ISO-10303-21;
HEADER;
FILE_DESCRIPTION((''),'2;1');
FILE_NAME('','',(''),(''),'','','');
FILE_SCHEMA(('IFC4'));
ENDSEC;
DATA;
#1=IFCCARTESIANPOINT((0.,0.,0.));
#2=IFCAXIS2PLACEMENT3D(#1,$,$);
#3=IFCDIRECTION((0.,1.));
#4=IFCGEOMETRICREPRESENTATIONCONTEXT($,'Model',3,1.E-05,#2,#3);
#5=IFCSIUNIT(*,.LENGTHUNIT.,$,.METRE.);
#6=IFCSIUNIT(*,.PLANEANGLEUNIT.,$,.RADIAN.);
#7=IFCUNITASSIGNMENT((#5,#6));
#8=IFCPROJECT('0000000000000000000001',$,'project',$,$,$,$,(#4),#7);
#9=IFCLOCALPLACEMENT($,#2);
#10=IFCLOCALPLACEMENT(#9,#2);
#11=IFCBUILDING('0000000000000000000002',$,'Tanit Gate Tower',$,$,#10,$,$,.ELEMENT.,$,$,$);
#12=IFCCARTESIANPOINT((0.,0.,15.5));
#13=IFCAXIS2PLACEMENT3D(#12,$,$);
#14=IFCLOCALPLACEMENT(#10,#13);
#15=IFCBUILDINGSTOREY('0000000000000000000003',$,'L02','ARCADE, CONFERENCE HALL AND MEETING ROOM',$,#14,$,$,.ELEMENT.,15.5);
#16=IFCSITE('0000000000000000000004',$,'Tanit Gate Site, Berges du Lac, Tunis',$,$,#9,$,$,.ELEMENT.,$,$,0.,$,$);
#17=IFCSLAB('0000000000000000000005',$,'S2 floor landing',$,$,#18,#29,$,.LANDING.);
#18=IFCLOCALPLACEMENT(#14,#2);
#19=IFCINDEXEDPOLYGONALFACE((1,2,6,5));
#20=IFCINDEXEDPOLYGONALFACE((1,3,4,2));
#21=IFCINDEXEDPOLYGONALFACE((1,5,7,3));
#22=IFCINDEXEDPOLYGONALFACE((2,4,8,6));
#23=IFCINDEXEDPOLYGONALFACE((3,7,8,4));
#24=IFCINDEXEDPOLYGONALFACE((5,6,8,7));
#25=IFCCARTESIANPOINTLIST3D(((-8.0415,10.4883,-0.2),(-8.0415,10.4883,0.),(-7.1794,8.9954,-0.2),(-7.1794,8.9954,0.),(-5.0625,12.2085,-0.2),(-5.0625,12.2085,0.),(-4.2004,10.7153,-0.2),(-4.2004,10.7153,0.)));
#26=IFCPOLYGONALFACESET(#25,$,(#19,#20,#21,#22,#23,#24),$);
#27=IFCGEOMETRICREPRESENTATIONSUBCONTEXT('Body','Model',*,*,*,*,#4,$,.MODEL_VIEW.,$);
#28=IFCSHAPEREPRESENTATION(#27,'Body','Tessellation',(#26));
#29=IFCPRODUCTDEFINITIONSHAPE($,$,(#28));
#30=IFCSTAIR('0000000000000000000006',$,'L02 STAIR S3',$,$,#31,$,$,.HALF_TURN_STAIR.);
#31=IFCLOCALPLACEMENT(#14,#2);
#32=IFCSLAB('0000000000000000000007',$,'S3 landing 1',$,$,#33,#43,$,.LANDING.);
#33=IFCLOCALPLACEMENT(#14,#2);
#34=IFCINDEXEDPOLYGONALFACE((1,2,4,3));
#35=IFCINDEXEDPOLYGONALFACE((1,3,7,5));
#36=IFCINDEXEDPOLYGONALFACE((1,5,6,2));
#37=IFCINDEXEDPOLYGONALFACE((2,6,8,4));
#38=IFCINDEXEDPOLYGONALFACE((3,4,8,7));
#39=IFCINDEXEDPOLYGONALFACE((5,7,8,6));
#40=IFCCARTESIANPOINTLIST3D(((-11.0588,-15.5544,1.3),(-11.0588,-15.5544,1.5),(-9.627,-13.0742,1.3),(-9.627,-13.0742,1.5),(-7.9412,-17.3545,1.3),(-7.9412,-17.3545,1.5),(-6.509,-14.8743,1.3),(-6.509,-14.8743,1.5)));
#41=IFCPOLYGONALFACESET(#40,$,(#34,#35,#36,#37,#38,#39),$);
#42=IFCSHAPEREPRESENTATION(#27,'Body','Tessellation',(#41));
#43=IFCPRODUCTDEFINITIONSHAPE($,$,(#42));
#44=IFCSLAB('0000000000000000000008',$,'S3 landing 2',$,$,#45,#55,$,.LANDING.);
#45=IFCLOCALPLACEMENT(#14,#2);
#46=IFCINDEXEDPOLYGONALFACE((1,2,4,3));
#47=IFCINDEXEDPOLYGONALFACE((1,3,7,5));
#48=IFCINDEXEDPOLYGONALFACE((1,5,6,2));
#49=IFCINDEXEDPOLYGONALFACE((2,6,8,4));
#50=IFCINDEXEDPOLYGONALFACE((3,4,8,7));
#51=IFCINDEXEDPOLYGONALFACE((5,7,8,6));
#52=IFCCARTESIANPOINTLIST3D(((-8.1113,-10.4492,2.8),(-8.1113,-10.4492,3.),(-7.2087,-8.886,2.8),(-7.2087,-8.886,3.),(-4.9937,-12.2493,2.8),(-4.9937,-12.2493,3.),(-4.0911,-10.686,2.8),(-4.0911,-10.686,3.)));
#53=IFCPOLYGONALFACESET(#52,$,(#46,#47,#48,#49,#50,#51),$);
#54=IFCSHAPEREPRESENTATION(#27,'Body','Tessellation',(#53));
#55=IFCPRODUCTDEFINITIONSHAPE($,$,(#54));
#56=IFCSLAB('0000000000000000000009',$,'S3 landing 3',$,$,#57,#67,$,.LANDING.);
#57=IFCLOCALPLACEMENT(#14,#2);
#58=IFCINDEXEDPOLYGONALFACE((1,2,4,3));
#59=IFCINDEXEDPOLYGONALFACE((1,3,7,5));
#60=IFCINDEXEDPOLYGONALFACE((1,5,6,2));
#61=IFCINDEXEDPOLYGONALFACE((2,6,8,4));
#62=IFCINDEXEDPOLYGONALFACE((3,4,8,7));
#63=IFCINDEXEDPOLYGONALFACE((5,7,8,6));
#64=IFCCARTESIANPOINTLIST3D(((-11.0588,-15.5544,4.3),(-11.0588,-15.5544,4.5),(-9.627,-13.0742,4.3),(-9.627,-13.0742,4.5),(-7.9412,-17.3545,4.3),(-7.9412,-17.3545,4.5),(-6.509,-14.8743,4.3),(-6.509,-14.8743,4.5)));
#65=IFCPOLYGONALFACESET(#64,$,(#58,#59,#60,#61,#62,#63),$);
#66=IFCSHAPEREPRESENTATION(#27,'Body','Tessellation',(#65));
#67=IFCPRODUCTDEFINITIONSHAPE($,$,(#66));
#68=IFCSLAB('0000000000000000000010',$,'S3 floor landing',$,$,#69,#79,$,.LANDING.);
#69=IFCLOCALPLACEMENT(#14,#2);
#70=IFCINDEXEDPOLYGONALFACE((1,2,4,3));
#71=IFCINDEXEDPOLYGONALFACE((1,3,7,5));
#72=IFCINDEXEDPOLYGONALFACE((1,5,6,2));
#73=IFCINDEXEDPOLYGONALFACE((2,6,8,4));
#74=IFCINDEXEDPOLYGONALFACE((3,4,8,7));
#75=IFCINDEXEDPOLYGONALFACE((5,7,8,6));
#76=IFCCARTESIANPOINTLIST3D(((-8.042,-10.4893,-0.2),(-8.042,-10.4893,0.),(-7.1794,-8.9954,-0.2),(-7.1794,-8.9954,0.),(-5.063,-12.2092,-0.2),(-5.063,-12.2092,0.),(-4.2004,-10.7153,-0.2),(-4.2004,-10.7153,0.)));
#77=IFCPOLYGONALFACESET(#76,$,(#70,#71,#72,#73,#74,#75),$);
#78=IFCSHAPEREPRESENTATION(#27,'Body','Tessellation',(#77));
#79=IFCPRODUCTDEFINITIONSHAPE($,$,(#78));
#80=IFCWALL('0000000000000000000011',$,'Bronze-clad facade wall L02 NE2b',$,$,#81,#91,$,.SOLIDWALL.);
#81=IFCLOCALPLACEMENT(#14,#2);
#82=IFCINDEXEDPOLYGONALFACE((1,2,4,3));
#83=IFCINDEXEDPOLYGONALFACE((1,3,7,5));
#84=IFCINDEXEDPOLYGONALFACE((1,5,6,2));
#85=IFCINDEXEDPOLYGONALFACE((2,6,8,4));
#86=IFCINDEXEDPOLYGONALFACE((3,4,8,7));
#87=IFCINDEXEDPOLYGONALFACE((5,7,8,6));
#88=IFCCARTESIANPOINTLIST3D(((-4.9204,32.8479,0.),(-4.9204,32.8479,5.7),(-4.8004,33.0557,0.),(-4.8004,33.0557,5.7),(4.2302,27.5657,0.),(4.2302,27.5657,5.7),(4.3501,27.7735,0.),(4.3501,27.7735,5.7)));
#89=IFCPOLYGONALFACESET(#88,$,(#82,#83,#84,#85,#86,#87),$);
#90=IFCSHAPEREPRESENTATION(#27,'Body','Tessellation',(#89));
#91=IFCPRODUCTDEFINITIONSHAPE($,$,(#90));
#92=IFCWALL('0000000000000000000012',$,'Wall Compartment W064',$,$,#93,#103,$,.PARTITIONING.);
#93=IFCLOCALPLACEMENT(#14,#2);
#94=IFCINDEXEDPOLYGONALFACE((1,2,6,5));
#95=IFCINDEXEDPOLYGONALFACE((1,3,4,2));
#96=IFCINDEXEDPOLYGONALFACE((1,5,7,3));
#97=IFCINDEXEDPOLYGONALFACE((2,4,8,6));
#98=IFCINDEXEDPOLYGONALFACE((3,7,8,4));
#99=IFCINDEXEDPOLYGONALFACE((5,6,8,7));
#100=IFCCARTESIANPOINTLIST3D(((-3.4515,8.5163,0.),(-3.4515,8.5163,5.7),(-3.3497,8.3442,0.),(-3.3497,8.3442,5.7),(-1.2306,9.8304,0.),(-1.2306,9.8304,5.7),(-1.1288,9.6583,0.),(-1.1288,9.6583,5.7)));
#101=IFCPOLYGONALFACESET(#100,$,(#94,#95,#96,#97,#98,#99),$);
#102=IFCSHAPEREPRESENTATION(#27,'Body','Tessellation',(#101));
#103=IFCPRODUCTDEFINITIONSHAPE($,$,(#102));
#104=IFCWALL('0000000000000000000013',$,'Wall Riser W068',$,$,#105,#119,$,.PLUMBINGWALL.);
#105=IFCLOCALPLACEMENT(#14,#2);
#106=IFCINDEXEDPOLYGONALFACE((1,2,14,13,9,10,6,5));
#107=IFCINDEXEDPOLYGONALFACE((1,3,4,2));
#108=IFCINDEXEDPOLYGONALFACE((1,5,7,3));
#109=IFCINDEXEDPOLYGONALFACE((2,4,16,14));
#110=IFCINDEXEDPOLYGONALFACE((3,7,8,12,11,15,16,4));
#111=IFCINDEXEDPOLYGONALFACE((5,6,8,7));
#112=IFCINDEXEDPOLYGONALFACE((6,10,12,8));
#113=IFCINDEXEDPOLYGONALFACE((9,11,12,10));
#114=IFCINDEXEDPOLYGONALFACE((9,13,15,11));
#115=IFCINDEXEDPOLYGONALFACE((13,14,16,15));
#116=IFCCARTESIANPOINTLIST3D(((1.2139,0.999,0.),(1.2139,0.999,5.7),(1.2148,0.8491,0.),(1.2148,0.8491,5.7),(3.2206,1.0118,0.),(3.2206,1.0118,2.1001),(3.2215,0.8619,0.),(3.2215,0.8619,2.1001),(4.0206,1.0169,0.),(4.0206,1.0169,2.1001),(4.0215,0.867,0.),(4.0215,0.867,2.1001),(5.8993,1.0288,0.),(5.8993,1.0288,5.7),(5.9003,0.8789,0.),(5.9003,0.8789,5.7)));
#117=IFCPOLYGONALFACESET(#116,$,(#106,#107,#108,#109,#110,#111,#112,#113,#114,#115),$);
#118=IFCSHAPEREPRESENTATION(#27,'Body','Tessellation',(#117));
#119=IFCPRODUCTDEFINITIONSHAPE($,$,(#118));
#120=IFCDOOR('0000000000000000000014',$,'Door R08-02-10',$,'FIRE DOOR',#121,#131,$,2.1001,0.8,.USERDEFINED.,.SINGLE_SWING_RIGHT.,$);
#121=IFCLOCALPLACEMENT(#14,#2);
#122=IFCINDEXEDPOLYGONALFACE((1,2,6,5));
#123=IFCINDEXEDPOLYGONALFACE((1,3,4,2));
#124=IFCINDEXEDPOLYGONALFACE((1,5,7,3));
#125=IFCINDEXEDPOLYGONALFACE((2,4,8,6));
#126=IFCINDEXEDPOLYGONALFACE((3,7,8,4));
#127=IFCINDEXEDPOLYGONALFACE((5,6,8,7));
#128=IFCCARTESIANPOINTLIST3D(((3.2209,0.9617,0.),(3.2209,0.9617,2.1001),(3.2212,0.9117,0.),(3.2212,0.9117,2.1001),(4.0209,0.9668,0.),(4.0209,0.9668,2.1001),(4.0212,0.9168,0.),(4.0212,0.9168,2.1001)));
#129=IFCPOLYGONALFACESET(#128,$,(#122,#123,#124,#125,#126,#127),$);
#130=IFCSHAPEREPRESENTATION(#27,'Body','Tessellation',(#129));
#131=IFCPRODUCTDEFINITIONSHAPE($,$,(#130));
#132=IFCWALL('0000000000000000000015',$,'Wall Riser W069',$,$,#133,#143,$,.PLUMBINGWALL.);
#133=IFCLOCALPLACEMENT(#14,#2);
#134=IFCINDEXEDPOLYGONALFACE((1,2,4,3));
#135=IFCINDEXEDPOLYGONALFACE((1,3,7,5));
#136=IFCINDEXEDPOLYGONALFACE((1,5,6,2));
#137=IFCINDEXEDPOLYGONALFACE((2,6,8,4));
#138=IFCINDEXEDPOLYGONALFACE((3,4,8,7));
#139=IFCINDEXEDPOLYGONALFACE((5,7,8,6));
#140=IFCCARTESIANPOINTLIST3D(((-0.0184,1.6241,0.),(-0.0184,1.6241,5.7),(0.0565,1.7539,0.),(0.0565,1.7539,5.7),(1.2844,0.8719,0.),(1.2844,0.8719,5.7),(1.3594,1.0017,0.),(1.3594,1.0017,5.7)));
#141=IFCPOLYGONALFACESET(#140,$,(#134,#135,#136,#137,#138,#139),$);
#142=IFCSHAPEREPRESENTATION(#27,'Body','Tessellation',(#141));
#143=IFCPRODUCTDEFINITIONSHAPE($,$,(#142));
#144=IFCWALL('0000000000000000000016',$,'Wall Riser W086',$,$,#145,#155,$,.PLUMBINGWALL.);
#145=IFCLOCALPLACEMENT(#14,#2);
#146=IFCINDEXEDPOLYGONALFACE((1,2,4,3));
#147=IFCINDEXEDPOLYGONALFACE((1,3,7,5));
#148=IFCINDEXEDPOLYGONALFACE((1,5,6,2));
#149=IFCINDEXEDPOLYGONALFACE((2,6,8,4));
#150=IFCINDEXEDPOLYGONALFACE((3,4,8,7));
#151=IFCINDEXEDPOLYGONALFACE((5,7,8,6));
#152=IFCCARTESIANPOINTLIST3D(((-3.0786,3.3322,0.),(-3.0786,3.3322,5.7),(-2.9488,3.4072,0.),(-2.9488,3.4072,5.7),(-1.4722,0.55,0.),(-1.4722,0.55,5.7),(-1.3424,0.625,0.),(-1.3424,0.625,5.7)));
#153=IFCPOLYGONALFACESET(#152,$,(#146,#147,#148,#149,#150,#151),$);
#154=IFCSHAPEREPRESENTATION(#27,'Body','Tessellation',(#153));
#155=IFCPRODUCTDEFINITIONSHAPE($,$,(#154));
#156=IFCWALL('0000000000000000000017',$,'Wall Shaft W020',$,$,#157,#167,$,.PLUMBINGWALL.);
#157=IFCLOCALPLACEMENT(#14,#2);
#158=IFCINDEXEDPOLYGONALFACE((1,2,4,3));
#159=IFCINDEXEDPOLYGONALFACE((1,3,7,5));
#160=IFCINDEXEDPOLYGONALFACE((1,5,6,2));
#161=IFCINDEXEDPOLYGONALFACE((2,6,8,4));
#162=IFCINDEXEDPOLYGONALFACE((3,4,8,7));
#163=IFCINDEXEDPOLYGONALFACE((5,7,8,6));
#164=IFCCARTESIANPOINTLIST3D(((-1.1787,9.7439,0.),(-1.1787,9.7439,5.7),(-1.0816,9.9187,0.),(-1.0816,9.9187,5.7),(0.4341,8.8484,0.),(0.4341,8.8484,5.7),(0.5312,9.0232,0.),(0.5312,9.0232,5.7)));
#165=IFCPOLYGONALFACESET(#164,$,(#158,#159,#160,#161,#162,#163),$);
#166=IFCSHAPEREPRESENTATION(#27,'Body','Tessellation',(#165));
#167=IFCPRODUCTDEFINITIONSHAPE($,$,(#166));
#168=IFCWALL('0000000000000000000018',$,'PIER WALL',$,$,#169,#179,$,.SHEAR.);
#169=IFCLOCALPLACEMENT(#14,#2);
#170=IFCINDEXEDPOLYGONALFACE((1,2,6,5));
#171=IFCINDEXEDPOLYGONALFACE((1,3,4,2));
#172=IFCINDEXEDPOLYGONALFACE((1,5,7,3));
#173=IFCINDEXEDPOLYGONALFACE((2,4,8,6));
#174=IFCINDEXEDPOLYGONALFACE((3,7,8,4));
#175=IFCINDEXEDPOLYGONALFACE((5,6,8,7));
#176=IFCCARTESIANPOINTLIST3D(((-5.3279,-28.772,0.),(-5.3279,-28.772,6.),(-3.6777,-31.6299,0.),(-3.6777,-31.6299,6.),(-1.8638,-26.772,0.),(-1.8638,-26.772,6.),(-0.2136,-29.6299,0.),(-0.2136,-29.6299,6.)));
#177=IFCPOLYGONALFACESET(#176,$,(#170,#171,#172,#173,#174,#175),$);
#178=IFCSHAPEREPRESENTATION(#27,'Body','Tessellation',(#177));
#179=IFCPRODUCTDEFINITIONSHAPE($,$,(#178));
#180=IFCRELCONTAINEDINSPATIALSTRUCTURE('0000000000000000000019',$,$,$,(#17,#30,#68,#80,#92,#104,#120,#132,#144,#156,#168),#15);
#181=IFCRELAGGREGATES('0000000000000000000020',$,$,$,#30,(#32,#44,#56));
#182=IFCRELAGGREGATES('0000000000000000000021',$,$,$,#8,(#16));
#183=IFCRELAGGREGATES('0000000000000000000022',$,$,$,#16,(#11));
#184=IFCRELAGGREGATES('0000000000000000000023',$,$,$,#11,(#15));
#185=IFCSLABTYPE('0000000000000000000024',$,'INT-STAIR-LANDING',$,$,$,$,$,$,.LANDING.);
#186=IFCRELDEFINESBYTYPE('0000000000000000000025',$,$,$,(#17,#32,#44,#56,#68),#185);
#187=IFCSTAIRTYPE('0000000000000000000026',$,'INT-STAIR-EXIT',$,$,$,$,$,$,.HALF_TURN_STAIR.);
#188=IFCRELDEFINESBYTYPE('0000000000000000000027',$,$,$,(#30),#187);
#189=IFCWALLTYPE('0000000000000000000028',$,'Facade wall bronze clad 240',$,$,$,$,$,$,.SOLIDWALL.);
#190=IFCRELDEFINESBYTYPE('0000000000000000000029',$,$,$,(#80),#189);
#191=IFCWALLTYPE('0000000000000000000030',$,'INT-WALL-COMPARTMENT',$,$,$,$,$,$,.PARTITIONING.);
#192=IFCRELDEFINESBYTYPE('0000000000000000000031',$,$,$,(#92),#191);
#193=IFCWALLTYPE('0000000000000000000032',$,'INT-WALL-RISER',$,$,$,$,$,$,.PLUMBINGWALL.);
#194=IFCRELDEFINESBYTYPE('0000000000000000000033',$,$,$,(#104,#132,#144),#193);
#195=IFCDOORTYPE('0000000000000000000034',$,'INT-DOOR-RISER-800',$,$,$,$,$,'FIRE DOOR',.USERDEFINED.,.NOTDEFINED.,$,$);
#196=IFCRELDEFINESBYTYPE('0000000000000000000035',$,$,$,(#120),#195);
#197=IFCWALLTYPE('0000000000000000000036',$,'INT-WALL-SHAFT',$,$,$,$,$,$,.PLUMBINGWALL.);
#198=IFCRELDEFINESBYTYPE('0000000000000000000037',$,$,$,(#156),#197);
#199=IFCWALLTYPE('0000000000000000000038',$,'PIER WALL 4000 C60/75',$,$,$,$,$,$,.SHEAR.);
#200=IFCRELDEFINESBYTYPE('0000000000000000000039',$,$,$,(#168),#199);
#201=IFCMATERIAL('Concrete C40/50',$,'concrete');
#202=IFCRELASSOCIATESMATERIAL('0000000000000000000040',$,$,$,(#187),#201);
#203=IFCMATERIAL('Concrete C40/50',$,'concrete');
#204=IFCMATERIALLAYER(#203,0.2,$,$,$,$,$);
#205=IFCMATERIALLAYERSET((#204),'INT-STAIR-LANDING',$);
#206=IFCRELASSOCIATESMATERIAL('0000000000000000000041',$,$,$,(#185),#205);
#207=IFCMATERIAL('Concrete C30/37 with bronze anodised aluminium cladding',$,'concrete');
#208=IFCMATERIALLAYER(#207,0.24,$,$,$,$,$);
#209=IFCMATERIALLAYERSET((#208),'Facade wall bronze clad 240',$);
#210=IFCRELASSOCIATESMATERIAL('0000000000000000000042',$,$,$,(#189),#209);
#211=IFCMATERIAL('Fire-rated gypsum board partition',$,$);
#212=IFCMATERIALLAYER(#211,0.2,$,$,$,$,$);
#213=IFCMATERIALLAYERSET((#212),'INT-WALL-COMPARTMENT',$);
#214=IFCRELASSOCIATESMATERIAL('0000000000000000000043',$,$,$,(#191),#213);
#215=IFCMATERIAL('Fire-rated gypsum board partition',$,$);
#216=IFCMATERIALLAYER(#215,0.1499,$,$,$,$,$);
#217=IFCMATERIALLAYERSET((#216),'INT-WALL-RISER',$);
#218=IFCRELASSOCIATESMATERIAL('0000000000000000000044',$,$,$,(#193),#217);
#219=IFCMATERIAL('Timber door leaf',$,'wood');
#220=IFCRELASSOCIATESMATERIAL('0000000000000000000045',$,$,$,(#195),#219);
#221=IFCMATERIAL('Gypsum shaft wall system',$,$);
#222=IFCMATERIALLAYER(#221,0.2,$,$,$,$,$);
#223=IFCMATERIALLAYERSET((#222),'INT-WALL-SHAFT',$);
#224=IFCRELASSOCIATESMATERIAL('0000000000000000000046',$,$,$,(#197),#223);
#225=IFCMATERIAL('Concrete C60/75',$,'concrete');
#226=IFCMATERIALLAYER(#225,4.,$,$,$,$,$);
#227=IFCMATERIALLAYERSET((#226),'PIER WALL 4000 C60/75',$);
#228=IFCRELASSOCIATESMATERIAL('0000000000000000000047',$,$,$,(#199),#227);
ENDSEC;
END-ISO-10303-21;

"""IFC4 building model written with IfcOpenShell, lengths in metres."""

from ifc_helpers import new_model, si_unit, direction, frame, frame_2d, origin, place, context, subcontext, project, spatial, polyline, rectangle, outline, extrude, material, layer, layer_set, type_object, element, fill, aggregate, save


model = new_model("IFC4")

# Units and contexts
model_context = context("Model", 3, precision=1e-05, world=origin(), true_north=direction((0.0, 1.0)))
body_context = subcontext(model_context, "Body", "Model", "MODEL_VIEW")
ifc_project = project(units=[si_unit("LENGTHUNIT", "METRE"), si_unit("PLANEANGLEUNIT", "RADIAN")], contexts=[model_context])

# Site, building, storey
site_placement = place(None, origin())
site = spatial("IfcSite", under=ifc_project, at=site_placement, Name="Tanit Gate Site, Berges du Lac, Tunis", CompositionType="ELEMENT", RefElevation=0.0)
building_placement = place(site_placement, origin())
building = spatial("IfcBuilding", under=site, at=building_placement, Name="Tanit Gate Tower", CompositionType="ELEMENT")
storey_placement = place(building_placement, frame((0.0, 0.0, 15.5)))
storey = spatial("IfcBuildingStorey", under=building, at=storey_placement, Name="L02", Description="ARCADE, CONFERENCE HALL AND MEETING ROOM", CompositionType="ELEMENT", Elevation=15.5)

# Shared definitions
ifc_material_1 = material(Name="Concrete C40/50", Category="concrete")
stair_type = type_object("IfcStairType", Name="INT-STAIR-EXIT", PredefinedType="HALF_TURN_STAIR", material=ifc_material_1)
ifc_material_2 = material(Name="Concrete C40/50", Category="concrete")
ifc_layer_1 = layer(ifc_material_2, 0.2)
ifc_layer_set_1 = layer_set([ifc_layer_1], Name="INT-STAIR-LANDING")
slab_type = type_object("IfcSlabType", Name="INT-STAIR-LANDING", PredefinedType="LANDING", material=ifc_layer_set_1)

# Slab
slab_1_placement = place(storey_placement, frame((0.0, 0.0, -0.2)))
element("IfcSlab", 1, at=slab_1_placement, inside=storey, type_object=slab_type, Name="S2 floor landing", PredefinedType="LANDING", context=body_context, shape_type="SweptSolid", body=[
    extrude(outline(polyline([(-4.2004, 10.7153), (-5.0625, 12.2085), (-8.0415, 10.4883), (-7.1794, 8.9954), (-4.2004, 10.7153)])), origin(), (0.0, 0.0, 1.0), 0.2),
])

# Stair, slabs
stair_1_placement = place(storey_placement, origin())
stair_1 = element("IfcStair", 2, at=stair_1_placement, inside=storey, type_object=stair_type, Name="L02 STAIR S3", PredefinedType="HALF_TURN_STAIR")
slab_2_placement = place(storey_placement, frame((0.0, 0.0, 1.3)))
slab_2 = element("IfcSlab", 3, at=slab_2_placement, type_object=slab_type, Name="S3 landing 1", PredefinedType="LANDING", context=body_context, shape_type="SweptSolid", body=[
    extrude(outline(polyline([(-9.627, -13.0742), (-11.0588, -15.5544), (-7.9412, -17.3545), (-6.509, -14.8743), (-9.627, -13.0742)])), origin(), (0.0, 0.0, 1.0), 0.2),
])
slab_3_placement = place(storey_placement, frame((0.0, 0.0, 2.8)))
slab_3 = element("IfcSlab", 4, at=slab_3_placement, type_object=slab_type, Name="S3 landing 2", PredefinedType="LANDING", context=body_context, shape_type="SweptSolid", body=[
    extrude(outline(polyline([(-7.2087, -8.886), (-8.1113, -10.4492), (-4.9937, -12.2493), (-4.0911, -10.686), (-7.2087, -8.886)])), origin(), (0.0, 0.0, 1.0), 0.2),
])
slab_4_placement = place(storey_placement, frame((0.0, 0.0, 4.3)))
slab_4 = element("IfcSlab", 5, at=slab_4_placement, type_object=slab_type, Name="S3 landing 3", PredefinedType="LANDING", context=body_context, shape_type="SweptSolid", body=[
    extrude(outline(polyline([(-9.627, -13.0742), (-11.0588, -15.5544), (-7.9412, -17.3545), (-6.509, -14.8743), (-9.627, -13.0742)])), origin(), (0.0, 0.0, 1.0), 0.2),
])
aggregate(stair_1, [slab_2, slab_3, slab_4])

# Slab
slab_5_placement = place(storey_placement, frame((0.0, 0.0, -0.2)))
element("IfcSlab", 6, at=slab_5_placement, inside=storey, type_object=slab_type, Name="S3 floor landing", PredefinedType="LANDING", context=body_context, shape_type="SweptSolid", body=[
    extrude(outline(polyline([(-7.1794, -8.9954), (-8.042, -10.4893), (-5.063, -12.2092), (-4.2004, -10.7153), (-7.1794, -8.9954)])), origin(), (0.0, 0.0, 1.0), 0.2),
])

# Walls
ifc_material_3 = material(Name="Concrete C30/37 with bronze anodised aluminium cladding", Category="concrete")
ifc_layer_2 = layer(ifc_material_3, 0.24)
ifc_layer_set_2 = layer_set([ifc_layer_2], Name="Facade wall bronze clad 240")
wall_type_1 = type_object("IfcWallType", Name="Facade wall bronze clad 240", PredefinedType="SOLIDWALL", material=ifc_layer_set_2)
wall_1_placement = place(storey_placement, frame((4.29, 27.6697, 0.0), z_axis=(0.0, 0.0, 1.0), x_axis=(-0.866062, 0.499936, 0.0)))
element("IfcWall", 7, at=wall_1_placement, inside=storey, type_object=wall_type_1, Name="Bronze-clad facade wall L02 NE2b", PredefinedType="SOLIDWALL", context=body_context, shape_type="SweptSolid", body=[
    extrude(rectangle(XDim=10.5657, YDim=0.24, at=frame_2d((5.2827, 0.0))), origin(), (0.0, 0.0, 1.0), 5.7),
])
ifc_material_4 = material(Name="Fire-rated gypsum board partition")
ifc_layer_3 = layer(ifc_material_4, 0.2)
ifc_layer_set_3 = layer_set([ifc_layer_3], Name="INT-WALL-COMPARTMENT")
wall_type_2 = type_object("IfcWallType", Name="INT-WALL-COMPARTMENT", PredefinedType="PARTITIONING", material=ifc_layer_set_3)
wall_2_placement = place(storey_placement, frame((-1.1797, 9.7444, 0.0), z_axis=(0.0, 0.0, 1.0), x_axis=(-0.860616, -0.509255, 0.0)))
element("IfcWall", 8, at=wall_2_placement, inside=storey, type_object=wall_type_2, Name="Wall Compartment W064", PredefinedType="PARTITIONING", context=body_context, shape_type="SweptSolid", body=[
    extrude(rectangle(XDim=2.5806, YDim=0.2, at=frame_2d((1.2903, 0.0))), origin(), (0.0, 0.0, 1.0), 5.7),
])

# Wall, opening, door
ifc_material_5 = material(Name="Fire-rated gypsum board partition")
ifc_layer_4 = layer(ifc_material_5, 0.1499)
ifc_layer_set_4 = layer_set([ifc_layer_4], Name="INT-WALL-RISER")
wall_type_3 = type_object("IfcWallType", Name="INT-WALL-RISER", PredefinedType="PLUMBINGWALL", material=ifc_layer_set_4)
wall_3_placement = place(storey_placement, frame((1.2144, 0.9241, 0.0), z_axis=(0.0, 0.0, 1.0), x_axis=(0.99998, 0.006357, 0.0)))
wall_3 = element("IfcWall", 9, at=wall_3_placement, inside=storey, type_object=wall_type_3, Name="Wall Riser W068", PredefinedType="PLUMBINGWALL", context=body_context, shape_type="SweptSolid", body=[
    extrude(rectangle(XDim=4.6855, YDim=0.1499, at=frame_2d((2.3428, 0.0))), origin(), (0.0, 0.0, 1.0), 5.7),
])
opening_placement = place(wall_3_placement, frame((2.0068, 0.0, 0.0)))
opening = element("IfcOpeningElement", 10, at=opening_placement, cuts=wall_3, PredefinedType="OPENING", context=body_context, shape_type="SweptSolid", body=[
    extrude(rectangle(XDim=0.8, YDim=2.1001, at=frame_2d((0.3999, 1.05))), frame((0.0, 0.085, 0.0), z_axis=(0.0, -1.0, 0.0), x_axis=(1.0, 0.0, 0.0)), (0.0, 0.0, 1.0), 0.1699),
])
ifc_material_6 = material(Name="Timber door leaf", Category="wood")
door_type = type_object("IfcDoorType", Name="INT-DOOR-RISER-800", ElementType="FIRE DOOR", OperationType="NOTDEFINED", PredefinedType="USERDEFINED", material=ifc_material_6)
door_placement = place(opening_placement, origin())
door = element("IfcDoor", 11, at=door_placement, inside=storey, type_object=door_type, Name="Door R08-02-10", ObjectType="FIRE DOOR", OperationType="SINGLE_SWING_RIGHT", OverallHeight=2.1001, OverallWidth=0.8, PredefinedType="USERDEFINED", context=body_context, shape_type="SweptSolid", body=[
    extrude(rectangle(XDim=0.8, YDim=2.1001, at=frame_2d((0.3999, 1.05))), frame((0.0, 0.0249, 0.0), z_axis=(0.0, -1.0, 0.0), x_axis=(1.0, 0.0, 0.0)), (0.0, 0.0, 1.0), 0.05),
])
fill(opening, door)

# Walls
wall_4_placement = place(storey_placement, frame((0.019, 1.689, 0.0), z_axis=(0.0, 0.0, 1.0), x_axis=(0.866048, -0.499961, 0.0)))
element("IfcWall", 12, at=wall_4_placement, inside=storey, type_object=wall_type_3, Name="Wall Riser W069", PredefinedType="PLUMBINGWALL", context=body_context, shape_type="SweptSolid", body=[
    extrude(rectangle(XDim=1.5044, YDim=0.1499, at=frame_2d((0.7522, 0.0))), origin(), (0.0, 0.0, 1.0), 5.7),
])
wall_5_placement = place(storey_placement, frame((-1.4072, 0.5874, 0.0), z_axis=(0.0, 0.0, 1.0), x_axis=(-0.500029, 0.866008, 0.0)))
element("IfcWall", 13, at=wall_5_placement, inside=storey, type_object=wall_type_3, Name="Wall Riser W086", PredefinedType="PLUMBINGWALL", context=body_context, shape_type="SweptSolid", body=[
    extrude(rectangle(XDim=3.2126, YDim=0.1499, at=frame_2d((1.6064, 0.0))), origin(), (0.0, 0.0, 1.0), 5.7),
])
ifc_material_7 = material(Name="Gypsum shaft wall system")
ifc_layer_5 = layer(ifc_material_7, 0.2)
ifc_layer_set_5 = layer_set([ifc_layer_5], Name="INT-WALL-SHAFT")
wall_type_4 = type_object("IfcWallType", Name="INT-WALL-SHAFT", PredefinedType="PLUMBINGWALL", material=ifc_layer_set_5)
wall_6_placement = place(storey_placement, frame((0.4827, 8.9358, 0.0), z_axis=(0.0, 0.0, 1.0), x_axis=(-0.87427, 0.485441, 0.0)))
element("IfcWall", 14, at=wall_6_placement, inside=storey, type_object=wall_type_4, Name="Wall Shaft W020", PredefinedType="PLUMBINGWALL", context=body_context, shape_type="SweptSolid", body=[
    extrude(rectangle(XDim=1.8447, YDim=0.2, at=frame_2d((0.9224, 0.0))), origin(), (0.0, 0.0, 1.0), 5.7),
])
ifc_material_8 = material(Name="Concrete C60/75", Category="concrete")
ifc_layer_6 = layer(ifc_material_8, 4.0)
ifc_layer_set_6 = layer_set([ifc_layer_6], Name="PIER WALL 4000 C60/75")
wall_type_5 = type_object("IfcWallType", Name="PIER WALL 4000 C60/75", PredefinedType="SHEAR", material=ifc_layer_set_6)
wall_7_placement = place(storey_placement, origin())
element("IfcWall", 15, at=wall_7_placement, inside=storey, type_object=wall_type_5, Name="PIER WALL", PredefinedType="SHEAR", context=body_context, shape_type="SweptSolid", body=[
    extrude(outline(polyline([(-3.6777, -31.6299), (-0.2136, -29.6299), (-1.8638, -26.772), (-5.3279, -28.772), (-3.6777, -31.6299)])), origin(), (0.0, 0.0, 1.0), 6.0),
])

save(model, "model.ifc")
